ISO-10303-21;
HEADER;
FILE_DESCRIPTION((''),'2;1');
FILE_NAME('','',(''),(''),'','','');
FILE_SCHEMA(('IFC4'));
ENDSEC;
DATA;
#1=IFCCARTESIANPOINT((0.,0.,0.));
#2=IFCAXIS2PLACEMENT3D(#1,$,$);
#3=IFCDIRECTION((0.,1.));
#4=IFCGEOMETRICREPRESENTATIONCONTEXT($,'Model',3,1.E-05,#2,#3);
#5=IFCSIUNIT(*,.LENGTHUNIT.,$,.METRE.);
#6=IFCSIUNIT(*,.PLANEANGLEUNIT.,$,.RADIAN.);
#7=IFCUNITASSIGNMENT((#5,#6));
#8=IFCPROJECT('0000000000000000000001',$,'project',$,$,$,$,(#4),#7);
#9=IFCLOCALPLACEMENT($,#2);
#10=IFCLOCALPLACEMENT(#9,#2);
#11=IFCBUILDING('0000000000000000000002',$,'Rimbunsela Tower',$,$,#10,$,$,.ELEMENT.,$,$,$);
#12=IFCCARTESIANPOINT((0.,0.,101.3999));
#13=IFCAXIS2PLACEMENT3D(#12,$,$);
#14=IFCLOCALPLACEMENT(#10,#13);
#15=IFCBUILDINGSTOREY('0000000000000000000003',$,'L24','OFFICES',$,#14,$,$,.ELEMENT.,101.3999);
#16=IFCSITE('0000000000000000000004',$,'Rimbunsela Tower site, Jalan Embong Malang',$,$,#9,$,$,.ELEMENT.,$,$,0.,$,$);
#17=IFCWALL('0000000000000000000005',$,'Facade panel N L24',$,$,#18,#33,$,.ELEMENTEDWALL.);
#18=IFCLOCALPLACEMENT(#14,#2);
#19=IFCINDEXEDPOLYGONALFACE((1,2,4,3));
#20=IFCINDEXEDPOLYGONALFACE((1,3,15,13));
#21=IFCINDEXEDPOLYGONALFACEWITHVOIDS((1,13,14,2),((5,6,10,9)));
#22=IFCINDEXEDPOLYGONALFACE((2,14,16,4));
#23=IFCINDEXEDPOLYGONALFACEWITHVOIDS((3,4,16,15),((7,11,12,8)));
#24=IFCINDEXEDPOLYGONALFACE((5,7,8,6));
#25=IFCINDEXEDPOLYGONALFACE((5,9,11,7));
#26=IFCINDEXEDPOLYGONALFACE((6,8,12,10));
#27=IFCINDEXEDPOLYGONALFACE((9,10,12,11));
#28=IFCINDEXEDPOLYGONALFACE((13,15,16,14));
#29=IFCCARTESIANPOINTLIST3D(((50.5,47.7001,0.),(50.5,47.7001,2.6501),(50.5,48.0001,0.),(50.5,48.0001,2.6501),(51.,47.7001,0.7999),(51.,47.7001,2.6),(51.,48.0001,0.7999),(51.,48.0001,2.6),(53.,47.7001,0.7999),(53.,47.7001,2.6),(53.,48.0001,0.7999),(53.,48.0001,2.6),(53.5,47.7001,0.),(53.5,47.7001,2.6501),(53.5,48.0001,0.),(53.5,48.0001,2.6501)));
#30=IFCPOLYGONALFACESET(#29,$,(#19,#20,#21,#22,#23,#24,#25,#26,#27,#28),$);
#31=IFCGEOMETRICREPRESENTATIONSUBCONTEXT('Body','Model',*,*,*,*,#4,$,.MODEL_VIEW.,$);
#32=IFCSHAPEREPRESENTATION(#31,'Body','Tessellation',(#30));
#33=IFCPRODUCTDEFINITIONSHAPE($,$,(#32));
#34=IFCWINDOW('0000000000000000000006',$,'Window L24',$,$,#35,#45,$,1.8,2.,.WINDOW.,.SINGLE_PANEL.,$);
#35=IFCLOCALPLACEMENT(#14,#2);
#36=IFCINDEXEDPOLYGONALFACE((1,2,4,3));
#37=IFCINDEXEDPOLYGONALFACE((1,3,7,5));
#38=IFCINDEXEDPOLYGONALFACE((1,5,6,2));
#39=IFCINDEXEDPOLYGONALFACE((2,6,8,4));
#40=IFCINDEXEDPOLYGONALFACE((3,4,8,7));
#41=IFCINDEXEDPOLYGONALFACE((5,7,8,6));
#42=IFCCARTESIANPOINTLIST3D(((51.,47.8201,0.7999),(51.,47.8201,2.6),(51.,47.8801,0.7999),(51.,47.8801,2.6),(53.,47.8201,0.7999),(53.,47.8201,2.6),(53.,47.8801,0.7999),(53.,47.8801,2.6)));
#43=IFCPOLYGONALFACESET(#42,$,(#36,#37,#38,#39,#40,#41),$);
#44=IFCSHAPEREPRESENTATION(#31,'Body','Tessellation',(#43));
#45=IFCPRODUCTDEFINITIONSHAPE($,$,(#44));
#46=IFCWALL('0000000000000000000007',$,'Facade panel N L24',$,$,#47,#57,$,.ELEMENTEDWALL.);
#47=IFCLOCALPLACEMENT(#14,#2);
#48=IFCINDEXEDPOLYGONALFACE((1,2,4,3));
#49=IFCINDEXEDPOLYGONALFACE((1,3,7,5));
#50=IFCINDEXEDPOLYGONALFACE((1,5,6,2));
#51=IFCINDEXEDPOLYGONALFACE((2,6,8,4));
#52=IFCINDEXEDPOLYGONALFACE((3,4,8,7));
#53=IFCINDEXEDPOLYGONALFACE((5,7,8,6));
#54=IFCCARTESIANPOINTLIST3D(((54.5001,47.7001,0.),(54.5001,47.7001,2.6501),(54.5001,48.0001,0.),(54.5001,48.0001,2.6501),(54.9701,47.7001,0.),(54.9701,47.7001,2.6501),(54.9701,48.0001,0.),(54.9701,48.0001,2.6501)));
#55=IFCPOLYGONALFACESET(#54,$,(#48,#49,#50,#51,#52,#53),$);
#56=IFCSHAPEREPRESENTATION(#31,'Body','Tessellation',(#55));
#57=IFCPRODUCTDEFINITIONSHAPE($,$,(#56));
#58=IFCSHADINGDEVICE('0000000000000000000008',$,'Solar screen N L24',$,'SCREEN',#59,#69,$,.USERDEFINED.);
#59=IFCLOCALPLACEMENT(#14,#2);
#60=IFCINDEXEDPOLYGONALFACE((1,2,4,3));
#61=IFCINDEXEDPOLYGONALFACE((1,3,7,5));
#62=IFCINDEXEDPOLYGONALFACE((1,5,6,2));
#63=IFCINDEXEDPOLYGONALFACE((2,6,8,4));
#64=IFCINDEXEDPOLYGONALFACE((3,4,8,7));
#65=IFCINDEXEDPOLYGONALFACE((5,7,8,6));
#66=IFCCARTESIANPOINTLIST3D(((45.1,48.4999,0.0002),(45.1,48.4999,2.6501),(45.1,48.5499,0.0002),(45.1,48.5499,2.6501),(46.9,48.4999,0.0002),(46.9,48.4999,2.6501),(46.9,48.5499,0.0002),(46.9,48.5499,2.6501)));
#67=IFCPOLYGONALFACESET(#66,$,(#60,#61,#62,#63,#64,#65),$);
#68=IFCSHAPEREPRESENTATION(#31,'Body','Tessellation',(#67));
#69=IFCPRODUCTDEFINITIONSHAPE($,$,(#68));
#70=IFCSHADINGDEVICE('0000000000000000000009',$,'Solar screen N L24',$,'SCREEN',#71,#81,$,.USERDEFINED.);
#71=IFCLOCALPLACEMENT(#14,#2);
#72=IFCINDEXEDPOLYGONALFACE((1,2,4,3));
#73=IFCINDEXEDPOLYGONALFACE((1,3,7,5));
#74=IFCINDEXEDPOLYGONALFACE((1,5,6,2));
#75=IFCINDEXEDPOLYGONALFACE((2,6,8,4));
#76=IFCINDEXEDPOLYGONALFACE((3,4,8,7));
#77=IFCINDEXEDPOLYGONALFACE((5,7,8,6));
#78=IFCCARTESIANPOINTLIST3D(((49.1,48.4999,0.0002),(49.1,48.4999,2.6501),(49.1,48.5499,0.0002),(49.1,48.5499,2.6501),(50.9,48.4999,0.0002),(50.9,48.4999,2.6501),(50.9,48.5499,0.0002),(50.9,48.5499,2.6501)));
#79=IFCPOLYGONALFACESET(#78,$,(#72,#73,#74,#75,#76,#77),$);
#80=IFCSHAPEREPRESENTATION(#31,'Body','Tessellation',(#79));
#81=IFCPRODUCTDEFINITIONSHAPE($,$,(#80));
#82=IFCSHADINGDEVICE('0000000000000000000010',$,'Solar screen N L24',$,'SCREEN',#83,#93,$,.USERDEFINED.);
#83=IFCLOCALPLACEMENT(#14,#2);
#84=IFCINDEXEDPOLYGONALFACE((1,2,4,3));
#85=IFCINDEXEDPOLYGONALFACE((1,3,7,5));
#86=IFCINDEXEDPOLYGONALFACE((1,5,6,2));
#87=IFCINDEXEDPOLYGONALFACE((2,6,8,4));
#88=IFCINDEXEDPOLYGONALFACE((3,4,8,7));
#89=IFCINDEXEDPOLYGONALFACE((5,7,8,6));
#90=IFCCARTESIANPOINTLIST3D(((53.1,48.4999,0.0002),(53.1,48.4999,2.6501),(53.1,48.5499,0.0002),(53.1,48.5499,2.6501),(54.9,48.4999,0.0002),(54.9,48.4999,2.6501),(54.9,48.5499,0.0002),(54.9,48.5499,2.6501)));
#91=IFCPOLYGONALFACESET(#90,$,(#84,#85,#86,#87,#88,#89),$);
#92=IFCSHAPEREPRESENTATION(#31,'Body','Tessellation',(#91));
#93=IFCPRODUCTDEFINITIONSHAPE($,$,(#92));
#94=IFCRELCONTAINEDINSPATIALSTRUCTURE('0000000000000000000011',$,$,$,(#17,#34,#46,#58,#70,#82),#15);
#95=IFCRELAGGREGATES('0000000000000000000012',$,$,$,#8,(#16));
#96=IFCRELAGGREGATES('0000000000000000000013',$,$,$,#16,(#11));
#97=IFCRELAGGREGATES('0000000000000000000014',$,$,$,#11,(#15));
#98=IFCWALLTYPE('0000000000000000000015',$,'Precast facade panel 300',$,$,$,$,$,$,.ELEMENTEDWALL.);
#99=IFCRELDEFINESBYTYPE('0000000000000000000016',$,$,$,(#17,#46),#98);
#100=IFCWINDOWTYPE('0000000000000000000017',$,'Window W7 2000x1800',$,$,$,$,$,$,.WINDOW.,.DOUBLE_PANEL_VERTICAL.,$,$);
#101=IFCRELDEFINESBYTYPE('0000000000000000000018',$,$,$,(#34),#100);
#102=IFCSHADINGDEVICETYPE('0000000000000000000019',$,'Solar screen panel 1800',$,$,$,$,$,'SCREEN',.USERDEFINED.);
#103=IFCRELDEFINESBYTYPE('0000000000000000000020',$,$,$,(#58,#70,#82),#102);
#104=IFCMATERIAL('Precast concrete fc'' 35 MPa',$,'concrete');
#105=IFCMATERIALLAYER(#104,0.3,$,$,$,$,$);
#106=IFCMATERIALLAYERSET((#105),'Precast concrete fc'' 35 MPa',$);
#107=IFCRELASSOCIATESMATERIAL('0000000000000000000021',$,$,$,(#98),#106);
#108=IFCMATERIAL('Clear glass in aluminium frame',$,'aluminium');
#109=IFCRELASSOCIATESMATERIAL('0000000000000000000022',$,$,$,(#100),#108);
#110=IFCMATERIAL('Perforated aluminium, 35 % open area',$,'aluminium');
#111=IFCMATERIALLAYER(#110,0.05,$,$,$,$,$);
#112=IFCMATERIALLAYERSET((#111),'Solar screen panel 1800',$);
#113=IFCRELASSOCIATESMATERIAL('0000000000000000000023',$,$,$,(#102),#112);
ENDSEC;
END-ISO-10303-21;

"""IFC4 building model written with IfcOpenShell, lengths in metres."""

from ifc_helpers import new_model, si_unit, direction, frame, frame_2d, origin, origin_2d, place, context, subcontext, project, spatial, rectangle, extrude, material, layer, layer_set, type_object, element, fill, save


model = new_model("IFC4")

# Units and contexts
model_context = context("Model", 3, precision=1e-05, world=origin(), true_north=direction((0.0, 1.0)))
body_context = subcontext(model_context, "Body", "Model", "MODEL_VIEW")
ifc_project = project(units=[si_unit("LENGTHUNIT", "METRE"), si_unit("PLANEANGLEUNIT", "RADIAN")], contexts=[model_context])

# Site, building, storey
site_placement = place(None, origin())
site = spatial("IfcSite", under=ifc_project, at=site_placement, Name="Rimbunsela Tower site, Jalan Embong Malang", CompositionType="ELEMENT", RefElevation=0.0)
building_placement = place(site_placement, origin())
building = spatial("IfcBuilding", under=site, at=building_placement, Name="Rimbunsela Tower", CompositionType="ELEMENT")
storey_placement = place(building_placement, frame((0.0, 0.0, 101.3999)))
storey = spatial("IfcBuildingStorey", under=building, at=storey_placement, Name="L24", Description="OFFICES", CompositionType="ELEMENT", Elevation=101.3999)

# Wall, opening, window
ifc_material_1 = material(Name="Precast concrete fc' 35 MPa", Category="concrete")
ifc_layer_1 = layer(ifc_material_1, 0.3)
ifc_layer_set_1 = layer_set([ifc_layer_1], Name="Precast concrete fc' 35 MPa")
wall_type = type_object("IfcWallType", Name="Precast facade panel 300", PredefinedType="ELEMENTEDWALL", material=ifc_layer_set_1)
ifc_material_2 = material(Name="Clear glass in aluminium frame", Category="aluminium")
window_type = type_object("IfcWindowType", Name="Window W7 2000x1800", PartitioningType="DOUBLE_PANEL_VERTICAL", PredefinedType="WINDOW", material=ifc_material_2)
wall_1_placement = place(storey_placement, frame((53.5, 47.8501, 0.0), z_axis=(0.0, 0.0, 1.0), x_axis=(-1.0, 0.0, 0.0)))
wall_1 = element("IfcWall", 1, at=wall_1_placement, inside=storey, type_object=wall_type, Name="Facade panel N L24", PredefinedType="ELEMENTEDWALL", context=body_context, shape_type="SweptSolid", body=[
    extrude(rectangle(XDim=3.0, YDim=0.3, at=frame_2d((1.5, 0.0))), origin(), (0.0, 0.0, 1.0), 2.6501),
])
opening_1_placement = place(wall_1_placement, frame((0.5, 0.0, 0.8)))
opening_1 = element("IfcOpeningElement", 2, at=opening_1_placement, cuts=wall_1, PredefinedType="OPENING", context=body_context, shape_type="SweptSolid", body=[
    extrude(rectangle(XDim=2.0, YDim=1.8, at=frame_2d((1.0, 0.8999))), frame((0.0, 0.1599, 0.0), z_axis=(0.0, -1.0, 0.0), x_axis=(1.0, 0.0, 0.0)), (0.0, 0.0, 1.0), 0.3201),
])
window_1_placement = place(opening_1_placement, origin())
window_1 = element("IfcWindow", 3, at=window_1_placement, inside=storey, type_object=window_type, Name="Window L24", OverallHeight=1.8, OverallWidth=2.0, PartitioningType="SINGLE_PANEL", PredefinedType="WINDOW", context=body_context, shape_type="SweptSolid", body=[
    extrude(rectangle(XDim=2.0, YDim=1.8, at=frame_2d((1.0, 0.8999))), frame((0.0, 0.03, 0.0), z_axis=(0.0, -1.0, 0.0), x_axis=(1.0, 0.0, 0.0)), (0.0, 0.0, 1.0), 0.0601),
])
fill(opening_1, window_1)

# Wall
wall_2_placement = place(storey_placement, frame((54.97, 47.8501, 0.0), z_axis=(0.0, 0.0, 1.0), x_axis=(-1.0, 0.0, 0.0)))
element("IfcWall", 4, at=wall_2_placement, inside=storey, type_object=wall_type, Name="Facade panel N L24", PredefinedType="ELEMENTEDWALL", context=body_context, shape_type="SweptSolid", body=[
    extrude(rectangle(XDim=0.47, YDim=0.3, at=frame_2d((0.2349, 0.0))), origin(), (0.0, 0.0, 1.0), 2.6501),
])

# Shading devices
ifc_material_3 = material(Name="Perforated aluminium, 35 % open area", Category="aluminium")
ifc_layer_2 = layer(ifc_material_3, 0.05)
ifc_layer_set_2 = layer_set([ifc_layer_2], Name="Solar screen panel 1800")
shading_device_type = type_object("IfcShadingDeviceType", Name="Solar screen panel 1800", ElementType="SCREEN", PredefinedType="USERDEFINED", material=ifc_layer_set_2)
for number, where, z_axis, x_axis, name in (
    (5, (46.0, 48.5249, 0.0002), (0.0, 0.0, 1.0), (1.0, 0.0, 0.0), "Solar screen N L24"),
    (6, (50.0, 48.5249, 0.0002), (0.0, 0.0, 1.0), (1.0, 0.0, 0.0), "Solar screen N L24"),
    (7, (54.0, 48.5249, 0.0002), (0.0, 0.0, 1.0), (1.0, 0.0, 0.0), "Solar screen N L24"),
):
    element("IfcShadingDevice", number, at=place(storey_placement, frame(where, z_axis=z_axis, x_axis=x_axis)), inside=storey, type_object=shading_device_type, Name=name, ObjectType="SCREEN", PredefinedType="USERDEFINED", context=body_context, shape_type="SweptSolid", body=[
        extrude(rectangle(XDim=1.8, YDim=0.05, at=origin_2d()), origin(), (0.0, 0.0, 1.0), 2.6499),
    ])

save(model, "model.ifc")
